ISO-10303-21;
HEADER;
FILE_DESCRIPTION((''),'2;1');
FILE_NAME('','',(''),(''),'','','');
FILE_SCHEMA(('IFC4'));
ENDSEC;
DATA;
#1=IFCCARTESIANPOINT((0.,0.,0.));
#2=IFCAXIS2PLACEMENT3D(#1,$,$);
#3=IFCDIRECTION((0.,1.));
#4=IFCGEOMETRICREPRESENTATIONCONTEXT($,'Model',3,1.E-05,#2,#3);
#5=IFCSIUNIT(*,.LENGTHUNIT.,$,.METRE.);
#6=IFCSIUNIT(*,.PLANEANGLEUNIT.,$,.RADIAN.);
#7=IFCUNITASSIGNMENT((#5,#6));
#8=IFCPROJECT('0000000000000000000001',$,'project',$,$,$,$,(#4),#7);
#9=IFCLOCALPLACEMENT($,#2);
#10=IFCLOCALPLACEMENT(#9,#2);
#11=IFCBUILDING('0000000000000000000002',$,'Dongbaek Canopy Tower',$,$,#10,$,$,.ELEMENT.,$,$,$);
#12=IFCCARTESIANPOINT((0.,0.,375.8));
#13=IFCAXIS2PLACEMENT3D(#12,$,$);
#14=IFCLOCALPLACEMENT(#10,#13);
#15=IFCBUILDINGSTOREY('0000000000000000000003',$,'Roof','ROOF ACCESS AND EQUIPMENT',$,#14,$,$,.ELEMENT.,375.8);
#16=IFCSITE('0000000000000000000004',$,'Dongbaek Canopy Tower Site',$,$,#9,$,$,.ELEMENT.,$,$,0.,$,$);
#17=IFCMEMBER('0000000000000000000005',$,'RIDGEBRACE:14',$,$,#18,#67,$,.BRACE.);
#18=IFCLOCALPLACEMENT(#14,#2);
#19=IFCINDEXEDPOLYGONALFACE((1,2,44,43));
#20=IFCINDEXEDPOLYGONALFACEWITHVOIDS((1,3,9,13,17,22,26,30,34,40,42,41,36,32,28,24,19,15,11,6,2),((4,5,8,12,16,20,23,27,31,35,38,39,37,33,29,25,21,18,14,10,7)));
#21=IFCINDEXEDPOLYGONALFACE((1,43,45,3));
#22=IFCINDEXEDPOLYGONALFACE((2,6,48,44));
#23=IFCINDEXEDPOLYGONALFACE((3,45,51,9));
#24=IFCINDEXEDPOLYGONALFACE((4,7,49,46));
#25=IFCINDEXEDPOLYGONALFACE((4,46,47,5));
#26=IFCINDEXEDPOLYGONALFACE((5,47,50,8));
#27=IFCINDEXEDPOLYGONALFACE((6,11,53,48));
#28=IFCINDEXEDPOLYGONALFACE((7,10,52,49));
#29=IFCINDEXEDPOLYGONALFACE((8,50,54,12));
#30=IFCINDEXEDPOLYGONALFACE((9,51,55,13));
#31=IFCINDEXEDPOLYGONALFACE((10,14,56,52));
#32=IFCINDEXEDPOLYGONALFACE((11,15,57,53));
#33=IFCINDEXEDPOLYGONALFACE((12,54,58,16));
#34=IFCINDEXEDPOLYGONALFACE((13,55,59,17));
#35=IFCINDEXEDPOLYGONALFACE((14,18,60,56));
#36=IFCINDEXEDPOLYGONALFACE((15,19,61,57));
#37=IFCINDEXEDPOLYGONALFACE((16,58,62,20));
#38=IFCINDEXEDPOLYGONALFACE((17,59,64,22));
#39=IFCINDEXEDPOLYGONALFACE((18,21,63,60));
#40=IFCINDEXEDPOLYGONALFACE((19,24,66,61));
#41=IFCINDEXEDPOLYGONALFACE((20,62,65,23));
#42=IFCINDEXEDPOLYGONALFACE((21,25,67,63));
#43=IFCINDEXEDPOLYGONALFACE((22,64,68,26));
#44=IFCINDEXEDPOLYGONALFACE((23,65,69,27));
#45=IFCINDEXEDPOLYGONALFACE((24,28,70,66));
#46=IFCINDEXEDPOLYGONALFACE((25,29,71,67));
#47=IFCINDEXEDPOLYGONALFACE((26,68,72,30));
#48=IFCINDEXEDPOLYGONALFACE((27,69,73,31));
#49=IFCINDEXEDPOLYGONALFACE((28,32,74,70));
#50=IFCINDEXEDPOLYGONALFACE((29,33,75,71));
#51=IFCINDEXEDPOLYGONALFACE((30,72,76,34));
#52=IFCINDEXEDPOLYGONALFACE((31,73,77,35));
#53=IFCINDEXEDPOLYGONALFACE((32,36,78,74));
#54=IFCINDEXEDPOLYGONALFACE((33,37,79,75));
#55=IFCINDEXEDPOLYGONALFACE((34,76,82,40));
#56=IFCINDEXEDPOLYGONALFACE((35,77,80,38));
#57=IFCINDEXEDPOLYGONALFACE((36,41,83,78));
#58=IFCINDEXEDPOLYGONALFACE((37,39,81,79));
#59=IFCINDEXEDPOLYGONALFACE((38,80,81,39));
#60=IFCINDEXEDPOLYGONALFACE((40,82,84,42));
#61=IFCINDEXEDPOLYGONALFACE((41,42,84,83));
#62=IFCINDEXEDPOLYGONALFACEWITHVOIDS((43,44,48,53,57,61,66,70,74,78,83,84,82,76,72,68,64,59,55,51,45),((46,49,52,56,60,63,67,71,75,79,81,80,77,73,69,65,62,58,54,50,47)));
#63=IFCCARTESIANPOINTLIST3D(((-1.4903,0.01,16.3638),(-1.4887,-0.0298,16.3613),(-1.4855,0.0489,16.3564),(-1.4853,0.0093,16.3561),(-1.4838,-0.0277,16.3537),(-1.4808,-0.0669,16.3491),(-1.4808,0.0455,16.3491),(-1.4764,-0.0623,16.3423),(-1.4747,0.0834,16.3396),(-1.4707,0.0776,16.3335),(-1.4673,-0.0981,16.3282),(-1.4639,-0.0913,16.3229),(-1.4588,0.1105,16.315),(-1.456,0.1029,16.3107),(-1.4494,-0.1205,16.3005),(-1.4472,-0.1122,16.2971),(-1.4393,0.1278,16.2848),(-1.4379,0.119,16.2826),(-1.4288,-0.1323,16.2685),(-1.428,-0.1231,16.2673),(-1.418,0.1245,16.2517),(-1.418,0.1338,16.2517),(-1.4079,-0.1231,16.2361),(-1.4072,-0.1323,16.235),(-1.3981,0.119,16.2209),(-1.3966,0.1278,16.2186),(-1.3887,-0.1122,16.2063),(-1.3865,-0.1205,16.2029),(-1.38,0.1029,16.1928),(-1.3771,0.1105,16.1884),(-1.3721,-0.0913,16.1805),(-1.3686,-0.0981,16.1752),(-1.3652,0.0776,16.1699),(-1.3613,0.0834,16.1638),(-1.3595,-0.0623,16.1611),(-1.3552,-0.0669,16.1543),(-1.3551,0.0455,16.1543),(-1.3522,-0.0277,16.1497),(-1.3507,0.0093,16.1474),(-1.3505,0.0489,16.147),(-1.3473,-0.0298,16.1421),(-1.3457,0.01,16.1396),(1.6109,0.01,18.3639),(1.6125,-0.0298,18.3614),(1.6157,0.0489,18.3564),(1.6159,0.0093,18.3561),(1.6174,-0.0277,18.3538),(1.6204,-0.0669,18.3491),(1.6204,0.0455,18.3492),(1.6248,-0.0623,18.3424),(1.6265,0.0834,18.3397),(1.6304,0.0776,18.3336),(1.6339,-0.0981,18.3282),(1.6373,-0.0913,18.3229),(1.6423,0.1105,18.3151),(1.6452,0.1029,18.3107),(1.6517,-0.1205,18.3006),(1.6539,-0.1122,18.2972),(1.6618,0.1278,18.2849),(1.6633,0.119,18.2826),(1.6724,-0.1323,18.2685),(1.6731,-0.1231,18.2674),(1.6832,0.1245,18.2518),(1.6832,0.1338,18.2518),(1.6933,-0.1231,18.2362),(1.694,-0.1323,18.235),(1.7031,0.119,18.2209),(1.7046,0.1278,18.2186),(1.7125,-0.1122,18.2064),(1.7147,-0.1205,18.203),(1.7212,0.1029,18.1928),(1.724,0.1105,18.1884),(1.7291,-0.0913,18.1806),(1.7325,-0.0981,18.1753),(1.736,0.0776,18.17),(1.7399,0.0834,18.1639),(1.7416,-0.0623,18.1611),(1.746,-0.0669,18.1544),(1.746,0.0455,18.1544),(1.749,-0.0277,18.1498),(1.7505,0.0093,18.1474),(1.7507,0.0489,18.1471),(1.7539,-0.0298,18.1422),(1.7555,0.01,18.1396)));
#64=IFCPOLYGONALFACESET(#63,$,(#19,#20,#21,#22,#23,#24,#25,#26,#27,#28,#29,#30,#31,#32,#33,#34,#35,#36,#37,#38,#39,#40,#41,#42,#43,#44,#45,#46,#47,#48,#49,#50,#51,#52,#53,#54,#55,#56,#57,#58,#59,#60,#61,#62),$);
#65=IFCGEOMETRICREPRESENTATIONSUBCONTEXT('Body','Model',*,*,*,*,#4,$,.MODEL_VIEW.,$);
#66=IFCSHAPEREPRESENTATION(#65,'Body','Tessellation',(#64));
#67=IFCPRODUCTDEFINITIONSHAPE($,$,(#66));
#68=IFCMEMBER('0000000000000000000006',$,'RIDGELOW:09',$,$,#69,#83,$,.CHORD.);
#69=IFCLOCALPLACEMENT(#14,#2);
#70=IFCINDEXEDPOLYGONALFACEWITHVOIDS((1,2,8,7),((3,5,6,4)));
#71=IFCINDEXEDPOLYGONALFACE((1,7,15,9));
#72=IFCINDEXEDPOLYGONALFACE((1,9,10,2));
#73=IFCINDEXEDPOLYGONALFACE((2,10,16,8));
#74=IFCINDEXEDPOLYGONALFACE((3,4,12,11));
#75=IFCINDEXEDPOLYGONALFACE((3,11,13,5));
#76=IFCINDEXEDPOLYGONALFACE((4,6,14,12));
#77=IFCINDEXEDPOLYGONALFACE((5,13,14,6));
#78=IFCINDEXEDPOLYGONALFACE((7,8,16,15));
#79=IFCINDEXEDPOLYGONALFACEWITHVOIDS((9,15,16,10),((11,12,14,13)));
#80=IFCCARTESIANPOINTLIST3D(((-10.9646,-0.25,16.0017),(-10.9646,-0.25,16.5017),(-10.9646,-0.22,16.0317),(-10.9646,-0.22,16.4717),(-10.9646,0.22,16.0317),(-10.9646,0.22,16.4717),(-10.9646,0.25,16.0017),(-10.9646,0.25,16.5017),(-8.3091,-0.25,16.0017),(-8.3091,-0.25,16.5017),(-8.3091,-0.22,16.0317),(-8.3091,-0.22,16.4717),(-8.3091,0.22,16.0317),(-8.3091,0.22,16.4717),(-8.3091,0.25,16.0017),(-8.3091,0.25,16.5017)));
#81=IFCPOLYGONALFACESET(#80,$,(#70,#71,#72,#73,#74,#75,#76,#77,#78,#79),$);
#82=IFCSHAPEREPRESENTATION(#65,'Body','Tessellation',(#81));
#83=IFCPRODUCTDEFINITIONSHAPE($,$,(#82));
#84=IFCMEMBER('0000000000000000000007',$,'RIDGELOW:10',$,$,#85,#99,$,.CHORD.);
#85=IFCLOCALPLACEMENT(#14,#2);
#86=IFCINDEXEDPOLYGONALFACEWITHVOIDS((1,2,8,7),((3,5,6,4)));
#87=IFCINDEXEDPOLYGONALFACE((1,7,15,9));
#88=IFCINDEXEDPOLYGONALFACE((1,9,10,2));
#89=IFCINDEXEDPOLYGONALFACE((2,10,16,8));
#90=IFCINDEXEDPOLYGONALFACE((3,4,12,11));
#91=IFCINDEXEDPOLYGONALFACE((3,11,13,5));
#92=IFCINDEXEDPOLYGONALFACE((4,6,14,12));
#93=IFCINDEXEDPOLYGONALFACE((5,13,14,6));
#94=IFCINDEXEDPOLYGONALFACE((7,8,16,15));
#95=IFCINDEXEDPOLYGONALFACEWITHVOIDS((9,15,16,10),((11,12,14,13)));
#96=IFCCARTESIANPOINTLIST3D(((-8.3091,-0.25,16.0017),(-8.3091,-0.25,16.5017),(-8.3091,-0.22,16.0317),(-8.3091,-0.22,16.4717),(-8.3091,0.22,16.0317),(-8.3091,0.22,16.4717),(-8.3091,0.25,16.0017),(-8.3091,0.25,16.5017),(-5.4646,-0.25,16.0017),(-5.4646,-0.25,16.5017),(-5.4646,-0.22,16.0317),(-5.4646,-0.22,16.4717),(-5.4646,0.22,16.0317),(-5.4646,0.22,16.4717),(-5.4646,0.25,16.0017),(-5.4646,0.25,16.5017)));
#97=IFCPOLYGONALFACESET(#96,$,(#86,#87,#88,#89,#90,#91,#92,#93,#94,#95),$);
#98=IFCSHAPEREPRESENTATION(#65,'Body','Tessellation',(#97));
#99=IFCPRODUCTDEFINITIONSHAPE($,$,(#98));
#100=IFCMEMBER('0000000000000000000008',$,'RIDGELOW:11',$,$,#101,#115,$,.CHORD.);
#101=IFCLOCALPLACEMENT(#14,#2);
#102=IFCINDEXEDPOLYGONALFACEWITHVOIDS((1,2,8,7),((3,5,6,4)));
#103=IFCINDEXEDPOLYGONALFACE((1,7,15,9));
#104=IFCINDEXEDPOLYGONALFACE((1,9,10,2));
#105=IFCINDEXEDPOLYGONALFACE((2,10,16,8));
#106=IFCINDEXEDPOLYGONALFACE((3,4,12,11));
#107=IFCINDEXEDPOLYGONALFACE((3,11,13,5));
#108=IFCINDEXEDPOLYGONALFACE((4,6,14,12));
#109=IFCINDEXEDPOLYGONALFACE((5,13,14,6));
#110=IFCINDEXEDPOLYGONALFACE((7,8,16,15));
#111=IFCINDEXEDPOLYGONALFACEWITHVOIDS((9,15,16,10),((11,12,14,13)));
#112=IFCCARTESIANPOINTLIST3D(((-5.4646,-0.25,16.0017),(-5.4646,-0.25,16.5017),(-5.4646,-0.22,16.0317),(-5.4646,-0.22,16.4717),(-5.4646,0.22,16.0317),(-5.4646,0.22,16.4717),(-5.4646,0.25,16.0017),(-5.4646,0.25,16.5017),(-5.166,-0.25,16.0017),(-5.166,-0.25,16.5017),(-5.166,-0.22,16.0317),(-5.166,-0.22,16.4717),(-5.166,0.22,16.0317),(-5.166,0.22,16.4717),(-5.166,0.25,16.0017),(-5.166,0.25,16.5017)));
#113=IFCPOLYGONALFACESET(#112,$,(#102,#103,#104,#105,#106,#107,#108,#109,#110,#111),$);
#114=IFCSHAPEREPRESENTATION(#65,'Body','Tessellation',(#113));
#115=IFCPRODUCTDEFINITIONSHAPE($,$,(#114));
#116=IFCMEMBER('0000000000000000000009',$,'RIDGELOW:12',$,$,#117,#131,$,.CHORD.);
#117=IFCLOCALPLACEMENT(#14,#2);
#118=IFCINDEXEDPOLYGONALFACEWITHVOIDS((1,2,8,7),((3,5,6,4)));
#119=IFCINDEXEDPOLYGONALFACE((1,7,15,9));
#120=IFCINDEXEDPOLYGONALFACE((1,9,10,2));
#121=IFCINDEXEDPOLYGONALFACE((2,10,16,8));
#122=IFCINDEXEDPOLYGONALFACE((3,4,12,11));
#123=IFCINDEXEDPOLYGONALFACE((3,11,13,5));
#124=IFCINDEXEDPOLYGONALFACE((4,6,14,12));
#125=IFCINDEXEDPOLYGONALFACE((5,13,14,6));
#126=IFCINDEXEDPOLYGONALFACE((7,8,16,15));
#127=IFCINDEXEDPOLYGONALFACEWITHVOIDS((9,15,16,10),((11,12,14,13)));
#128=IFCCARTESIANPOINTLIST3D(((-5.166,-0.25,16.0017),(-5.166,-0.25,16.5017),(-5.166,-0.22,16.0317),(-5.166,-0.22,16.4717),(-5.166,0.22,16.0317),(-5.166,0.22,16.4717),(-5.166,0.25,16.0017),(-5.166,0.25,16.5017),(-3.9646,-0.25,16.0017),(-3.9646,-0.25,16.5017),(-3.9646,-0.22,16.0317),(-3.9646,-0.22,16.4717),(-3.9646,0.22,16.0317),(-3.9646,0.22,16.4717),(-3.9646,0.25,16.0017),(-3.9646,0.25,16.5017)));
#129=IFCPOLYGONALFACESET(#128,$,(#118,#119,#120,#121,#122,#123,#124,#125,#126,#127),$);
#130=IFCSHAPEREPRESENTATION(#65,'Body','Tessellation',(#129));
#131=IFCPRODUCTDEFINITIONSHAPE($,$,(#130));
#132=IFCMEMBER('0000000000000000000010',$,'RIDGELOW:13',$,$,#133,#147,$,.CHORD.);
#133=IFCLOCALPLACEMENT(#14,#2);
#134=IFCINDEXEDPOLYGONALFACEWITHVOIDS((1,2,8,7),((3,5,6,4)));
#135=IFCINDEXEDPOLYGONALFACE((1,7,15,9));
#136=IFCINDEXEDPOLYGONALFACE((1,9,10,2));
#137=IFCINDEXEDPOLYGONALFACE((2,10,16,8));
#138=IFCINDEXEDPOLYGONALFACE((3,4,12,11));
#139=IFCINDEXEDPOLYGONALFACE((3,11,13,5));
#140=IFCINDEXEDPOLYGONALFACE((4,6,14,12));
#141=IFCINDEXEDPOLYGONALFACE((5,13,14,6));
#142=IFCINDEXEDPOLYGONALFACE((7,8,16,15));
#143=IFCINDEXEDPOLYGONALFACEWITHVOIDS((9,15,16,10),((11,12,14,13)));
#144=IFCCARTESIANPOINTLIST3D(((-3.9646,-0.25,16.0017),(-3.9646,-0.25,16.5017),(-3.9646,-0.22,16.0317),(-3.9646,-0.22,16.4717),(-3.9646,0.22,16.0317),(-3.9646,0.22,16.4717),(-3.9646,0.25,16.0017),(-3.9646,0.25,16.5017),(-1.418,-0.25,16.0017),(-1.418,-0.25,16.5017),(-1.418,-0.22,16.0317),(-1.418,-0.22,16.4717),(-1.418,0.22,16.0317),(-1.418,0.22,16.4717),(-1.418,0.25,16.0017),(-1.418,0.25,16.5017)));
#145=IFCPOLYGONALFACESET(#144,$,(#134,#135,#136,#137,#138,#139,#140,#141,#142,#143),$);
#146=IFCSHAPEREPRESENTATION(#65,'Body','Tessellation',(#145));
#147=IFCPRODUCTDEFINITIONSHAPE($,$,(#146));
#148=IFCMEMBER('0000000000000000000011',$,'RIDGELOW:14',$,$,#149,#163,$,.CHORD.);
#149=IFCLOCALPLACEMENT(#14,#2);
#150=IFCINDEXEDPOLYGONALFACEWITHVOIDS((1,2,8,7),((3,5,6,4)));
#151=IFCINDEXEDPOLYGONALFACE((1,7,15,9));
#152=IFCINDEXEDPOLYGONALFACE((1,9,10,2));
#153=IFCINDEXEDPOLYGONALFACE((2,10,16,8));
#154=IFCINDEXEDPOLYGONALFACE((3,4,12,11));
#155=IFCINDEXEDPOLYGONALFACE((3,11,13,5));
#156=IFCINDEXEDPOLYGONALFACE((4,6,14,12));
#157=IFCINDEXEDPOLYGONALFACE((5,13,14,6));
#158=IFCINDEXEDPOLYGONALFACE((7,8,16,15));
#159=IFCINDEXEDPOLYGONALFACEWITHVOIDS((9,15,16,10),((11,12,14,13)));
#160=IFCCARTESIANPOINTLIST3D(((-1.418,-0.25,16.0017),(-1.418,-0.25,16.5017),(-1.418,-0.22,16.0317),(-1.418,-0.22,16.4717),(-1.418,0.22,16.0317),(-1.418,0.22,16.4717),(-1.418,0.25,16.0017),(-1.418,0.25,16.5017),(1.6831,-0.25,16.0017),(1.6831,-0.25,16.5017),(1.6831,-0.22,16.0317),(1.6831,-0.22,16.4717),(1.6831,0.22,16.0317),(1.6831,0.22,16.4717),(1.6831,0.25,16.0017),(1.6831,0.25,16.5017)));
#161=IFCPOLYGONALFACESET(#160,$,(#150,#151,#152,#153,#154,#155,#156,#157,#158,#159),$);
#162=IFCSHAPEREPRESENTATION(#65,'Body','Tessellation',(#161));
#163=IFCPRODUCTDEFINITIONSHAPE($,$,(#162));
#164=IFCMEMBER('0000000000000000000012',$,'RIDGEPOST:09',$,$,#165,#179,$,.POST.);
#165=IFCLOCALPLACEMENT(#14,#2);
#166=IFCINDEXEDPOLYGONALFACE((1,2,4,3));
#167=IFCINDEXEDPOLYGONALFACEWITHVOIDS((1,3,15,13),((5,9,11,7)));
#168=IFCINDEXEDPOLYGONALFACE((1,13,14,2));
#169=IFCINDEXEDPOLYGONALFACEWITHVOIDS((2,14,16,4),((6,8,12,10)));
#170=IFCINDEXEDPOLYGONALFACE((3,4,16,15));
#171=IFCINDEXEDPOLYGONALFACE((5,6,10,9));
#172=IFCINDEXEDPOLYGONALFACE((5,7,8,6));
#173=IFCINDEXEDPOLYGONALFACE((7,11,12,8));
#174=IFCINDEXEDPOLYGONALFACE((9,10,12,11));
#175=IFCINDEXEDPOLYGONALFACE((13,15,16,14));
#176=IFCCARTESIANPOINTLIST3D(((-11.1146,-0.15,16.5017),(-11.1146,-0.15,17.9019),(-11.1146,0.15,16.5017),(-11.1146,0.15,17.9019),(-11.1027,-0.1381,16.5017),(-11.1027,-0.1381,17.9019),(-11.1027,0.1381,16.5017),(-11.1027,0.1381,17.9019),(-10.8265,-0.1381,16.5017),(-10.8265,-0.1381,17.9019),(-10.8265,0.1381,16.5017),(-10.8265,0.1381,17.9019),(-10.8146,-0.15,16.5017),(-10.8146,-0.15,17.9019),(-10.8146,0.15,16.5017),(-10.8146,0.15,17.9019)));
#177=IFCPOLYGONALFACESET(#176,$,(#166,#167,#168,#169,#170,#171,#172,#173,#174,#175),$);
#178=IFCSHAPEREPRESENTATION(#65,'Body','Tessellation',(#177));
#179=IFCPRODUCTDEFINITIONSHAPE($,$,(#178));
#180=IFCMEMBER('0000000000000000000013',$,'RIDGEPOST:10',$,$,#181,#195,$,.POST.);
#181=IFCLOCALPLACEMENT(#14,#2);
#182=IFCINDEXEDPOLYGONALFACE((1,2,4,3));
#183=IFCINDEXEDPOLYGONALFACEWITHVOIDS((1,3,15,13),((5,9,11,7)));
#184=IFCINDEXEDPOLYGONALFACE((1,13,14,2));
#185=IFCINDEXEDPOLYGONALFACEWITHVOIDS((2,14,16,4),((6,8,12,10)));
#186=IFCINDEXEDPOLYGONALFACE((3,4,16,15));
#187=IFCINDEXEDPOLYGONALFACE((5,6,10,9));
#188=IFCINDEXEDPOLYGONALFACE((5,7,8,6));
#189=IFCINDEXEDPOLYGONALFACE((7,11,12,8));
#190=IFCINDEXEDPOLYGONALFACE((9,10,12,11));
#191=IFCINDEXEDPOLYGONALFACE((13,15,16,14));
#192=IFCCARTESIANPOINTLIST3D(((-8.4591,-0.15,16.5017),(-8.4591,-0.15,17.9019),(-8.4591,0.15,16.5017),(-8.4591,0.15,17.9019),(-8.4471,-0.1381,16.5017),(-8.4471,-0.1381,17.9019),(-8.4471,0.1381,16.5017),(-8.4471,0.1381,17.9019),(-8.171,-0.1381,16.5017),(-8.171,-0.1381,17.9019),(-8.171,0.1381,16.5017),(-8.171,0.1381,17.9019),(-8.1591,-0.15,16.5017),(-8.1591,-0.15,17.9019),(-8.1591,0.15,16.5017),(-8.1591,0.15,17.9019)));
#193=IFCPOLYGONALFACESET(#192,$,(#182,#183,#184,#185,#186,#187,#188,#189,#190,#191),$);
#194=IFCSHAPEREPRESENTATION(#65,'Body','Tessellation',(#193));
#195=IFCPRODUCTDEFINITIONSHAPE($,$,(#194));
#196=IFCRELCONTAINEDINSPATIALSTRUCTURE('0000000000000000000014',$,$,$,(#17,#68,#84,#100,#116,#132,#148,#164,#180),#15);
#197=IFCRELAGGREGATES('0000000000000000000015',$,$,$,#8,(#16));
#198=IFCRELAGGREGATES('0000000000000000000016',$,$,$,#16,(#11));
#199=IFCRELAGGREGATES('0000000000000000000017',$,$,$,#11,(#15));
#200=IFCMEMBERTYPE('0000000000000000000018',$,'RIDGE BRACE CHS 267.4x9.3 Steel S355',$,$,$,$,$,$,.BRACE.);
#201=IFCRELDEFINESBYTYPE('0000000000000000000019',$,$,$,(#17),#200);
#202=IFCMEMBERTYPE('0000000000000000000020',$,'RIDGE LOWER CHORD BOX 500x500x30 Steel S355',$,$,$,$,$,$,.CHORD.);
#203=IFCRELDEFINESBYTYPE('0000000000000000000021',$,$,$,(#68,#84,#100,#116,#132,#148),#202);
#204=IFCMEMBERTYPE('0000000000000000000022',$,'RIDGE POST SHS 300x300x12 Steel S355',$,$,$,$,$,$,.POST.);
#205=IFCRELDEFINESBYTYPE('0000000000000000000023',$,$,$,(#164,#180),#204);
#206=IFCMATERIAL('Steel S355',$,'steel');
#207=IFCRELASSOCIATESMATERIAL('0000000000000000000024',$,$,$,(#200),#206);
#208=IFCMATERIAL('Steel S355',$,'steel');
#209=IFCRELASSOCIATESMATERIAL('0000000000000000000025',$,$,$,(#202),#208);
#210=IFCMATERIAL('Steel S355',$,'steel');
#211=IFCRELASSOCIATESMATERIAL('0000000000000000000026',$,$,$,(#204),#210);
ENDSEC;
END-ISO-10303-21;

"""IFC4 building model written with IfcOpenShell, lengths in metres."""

from ifc_helpers import new_model, si_unit, direction, frame, origin, origin_2d, place, context, subcontext, project, spatial, hollow_rectangle, hollow_circle, extrude, material, material_profile, profile_set, type_object, element, save


model = new_model("IFC4")

# Units and contexts
model_context = context("Model", 3, precision=1e-05, world=origin(), true_north=direction((0.0, 1.0)))
body_context = subcontext(model_context, "Body", "Model", "MODEL_VIEW")
ifc_project = project(units=[si_unit("LENGTHUNIT", "METRE"), si_unit("PLANEANGLEUNIT", "RADIAN")], contexts=[model_context])

# Site, building, storey
site_placement = place(None, origin())
site = spatial("IfcSite", under=ifc_project, at=site_placement, Name="Dongbaek Canopy Tower Site", CompositionType="ELEMENT", RefElevation=0.0)
building_placement = place(site_placement, origin())
building = spatial("IfcBuilding", under=site, at=building_placement, Name="Dongbaek Canopy Tower", CompositionType="ELEMENT")
storey_placement = place(building_placement, frame((0.0, 0.0, 375.8)))
storey = spatial("IfcBuildingStorey", under=building, at=storey_placement, Name="Roof", Description="ROOF ACCESS AND EQUIPMENT", CompositionType="ELEMENT", Elevation=375.8)

# Members
ifc_material_1 = material(Name="Steel S355", Category="steel")
ifc_material_profile_1 = material_profile(ifc_material_1, hollow_circle(Radius=0.1338, WallThickness=0.0093, at=origin_2d()), Name="RIDGE BRACE CHS 267.4x9.3 Steel S355")
ifc_profile_set_1 = profile_set([ifc_material_profile_1], Name="Steel S355")
member_type_1 = type_object("IfcMemberType", Name="RIDGE BRACE CHS 267.4x9.3 Steel S355", PredefinedType="BRACE", material=ifc_profile_set_1)
member_1_placement = place(storey_placement, frame((-1.418, 0.0, 16.2517), z_axis=(0.840382, 0.0, 0.541994), x_axis=(0.0, 1.0, 0.0)))
element("IfcMember", 1, at=member_1_placement, inside=storey, type_object=member_type_1, Name="RIDGEBRACE:14", PredefinedType="BRACE", context=body_context, shape_type="SweptSolid", body=[
    extrude(hollow_circle(Radius=0.1338, WallThickness=0.0093, at=origin_2d()), origin(), (0.0, 0.0, 1.0), 3.6902),
])
ifc_material_2 = material(Name="Steel S355", Category="steel")
ifc_material_profile_2 = material_profile(ifc_material_2, hollow_rectangle(XDim=0.5, YDim=0.5, WallThickness=0.03, at=origin_2d()), Name="RIDGE LOWER CHORD BOX 500x500x30 Steel S355")
ifc_profile_set_2 = profile_set([ifc_material_profile_2], Name="Steel S355")
member_type_2 = type_object("IfcMemberType", Name="RIDGE LOWER CHORD BOX 500x500x30 Steel S355", PredefinedType="CHORD", material=ifc_profile_set_2)
member_2_placement = place(storey_placement, frame((-10.9646, 0.0, 16.2517), z_axis=(1.0, 0.0, 0.0), x_axis=(0.0, 1.0, 0.0)))
element("IfcMember", 2, at=member_2_placement, inside=storey, type_object=member_type_2, Name="RIDGELOW:09", PredefinedType="CHORD", context=body_context, shape_type="SweptSolid", body=[
    extrude(hollow_rectangle(XDim=0.5, YDim=0.5, WallThickness=0.03, at=origin_2d()), origin(), (0.0, 0.0, 1.0), 2.6555),
])
member_3_placement = place(storey_placement, frame((-8.3091, 0.0, 16.2517), z_axis=(1.0, 0.0, 0.0), x_axis=(0.0, 1.0, 0.0)))
element("IfcMember", 3, at=member_3_placement, inside=storey, type_object=member_type_2, Name="RIDGELOW:10", PredefinedType="CHORD", context=body_context, shape_type="SweptSolid", body=[
    extrude(hollow_rectangle(XDim=0.5, YDim=0.5, WallThickness=0.03, at=origin_2d()), origin(), (0.0, 0.0, 1.0), 2.8445),
])
member_4_placement = place(storey_placement, frame((-5.4646, 0.0, 16.2517), z_axis=(1.0, 0.0, 0.0), x_axis=(0.0, 1.0, 0.0)))
element("IfcMember", 4, at=member_4_placement, inside=storey, type_object=member_type_2, Name="RIDGELOW:11", PredefinedType="CHORD", context=body_context, shape_type="SweptSolid", body=[
    extrude(hollow_rectangle(XDim=0.5, YDim=0.5, WallThickness=0.03, at=origin_2d()), origin(), (0.0, 0.0, 1.0), 0.2986),
])
member_5_placement = place(storey_placement, frame((-5.166, 0.0, 16.2517), z_axis=(1.0, 0.0, 0.0), x_axis=(0.0, 1.0, 0.0)))
element("IfcMember", 5, at=member_5_placement, inside=storey, type_object=member_type_2, Name="RIDGELOW:12", PredefinedType="CHORD", context=body_context, shape_type="SweptSolid", body=[
    extrude(hollow_rectangle(XDim=0.5, YDim=0.5, WallThickness=0.03, at=origin_2d()), origin(), (0.0, 0.0, 1.0), 1.2014),
])
member_6_placement = place(storey_placement, frame((-3.9646, 0.0, 16.2517), z_axis=(1.0, 0.0, 0.0), x_axis=(0.0, 1.0, 0.0)))
element("IfcMember", 6, at=member_6_placement, inside=storey, type_object=member_type_2, Name="RIDGELOW:13", PredefinedType="CHORD", context=body_context, shape_type="SweptSolid", body=[
    extrude(hollow_rectangle(XDim=0.5, YDim=0.5, WallThickness=0.03, at=origin_2d()), origin(), (0.0, 0.0, 1.0), 2.5466),
])
member_7_placement = place(storey_placement, frame((-1.418, 0.0, 16.2517), z_axis=(1.0, 0.0, 0.0), x_axis=(0.0, 1.0, 0.0)))
element("IfcMember", 7, at=member_7_placement, inside=storey, type_object=member_type_2, Name="RIDGELOW:14", PredefinedType="CHORD", context=body_context, shape_type="SweptSolid", body=[
    extrude(hollow_rectangle(XDim=0.5, YDim=0.5, WallThickness=0.03, at=origin_2d()), origin(), (0.0, 0.0, 1.0), 3.1011),
])
ifc_material_3 = material(Name="Steel S355", Category="steel")
ifc_material_profile_3 = material_profile(ifc_material_3, hollow_rectangle(XDim=0.3, YDim=0.3, WallThickness=0.012, at=origin_2d()), Name="RIDGE POST SHS 300x300x12 Steel S355")
ifc_profile_set_3 = profile_set([ifc_material_profile_3], Name="Steel S355")
member_type_3 = type_object("IfcMemberType", Name="RIDGE POST SHS 300x300x12 Steel S355", PredefinedType="POST", material=ifc_profile_set_3)
for number, where, z_axis, x_axis, name in (
    (8, (-10.9646, 0.0, 16.5017), (0.0, 0.0, 1.0), (1.0, 0.0, 0.0), "RIDGEPOST:09"),
    (9, (-8.3091, 0.0, 16.5017), (0.0, 0.0, 1.0), (1.0, 0.0, 0.0), "RIDGEPOST:10"),
):
    element("IfcMember", number, at=place(storey_placement, frame(where, z_axis=z_axis, x_axis=x_axis)), inside=storey, type_object=member_type_3, Name=name, PredefinedType="POST", context=body_context, shape_type="SweptSolid", body=[
        extrude(hollow_rectangle(XDim=0.3, YDim=0.3, WallThickness=0.012, at=origin_2d()), origin(), (0.0, 0.0, 1.0), 1.4001),
    ])

save(model, "model.ifc")
